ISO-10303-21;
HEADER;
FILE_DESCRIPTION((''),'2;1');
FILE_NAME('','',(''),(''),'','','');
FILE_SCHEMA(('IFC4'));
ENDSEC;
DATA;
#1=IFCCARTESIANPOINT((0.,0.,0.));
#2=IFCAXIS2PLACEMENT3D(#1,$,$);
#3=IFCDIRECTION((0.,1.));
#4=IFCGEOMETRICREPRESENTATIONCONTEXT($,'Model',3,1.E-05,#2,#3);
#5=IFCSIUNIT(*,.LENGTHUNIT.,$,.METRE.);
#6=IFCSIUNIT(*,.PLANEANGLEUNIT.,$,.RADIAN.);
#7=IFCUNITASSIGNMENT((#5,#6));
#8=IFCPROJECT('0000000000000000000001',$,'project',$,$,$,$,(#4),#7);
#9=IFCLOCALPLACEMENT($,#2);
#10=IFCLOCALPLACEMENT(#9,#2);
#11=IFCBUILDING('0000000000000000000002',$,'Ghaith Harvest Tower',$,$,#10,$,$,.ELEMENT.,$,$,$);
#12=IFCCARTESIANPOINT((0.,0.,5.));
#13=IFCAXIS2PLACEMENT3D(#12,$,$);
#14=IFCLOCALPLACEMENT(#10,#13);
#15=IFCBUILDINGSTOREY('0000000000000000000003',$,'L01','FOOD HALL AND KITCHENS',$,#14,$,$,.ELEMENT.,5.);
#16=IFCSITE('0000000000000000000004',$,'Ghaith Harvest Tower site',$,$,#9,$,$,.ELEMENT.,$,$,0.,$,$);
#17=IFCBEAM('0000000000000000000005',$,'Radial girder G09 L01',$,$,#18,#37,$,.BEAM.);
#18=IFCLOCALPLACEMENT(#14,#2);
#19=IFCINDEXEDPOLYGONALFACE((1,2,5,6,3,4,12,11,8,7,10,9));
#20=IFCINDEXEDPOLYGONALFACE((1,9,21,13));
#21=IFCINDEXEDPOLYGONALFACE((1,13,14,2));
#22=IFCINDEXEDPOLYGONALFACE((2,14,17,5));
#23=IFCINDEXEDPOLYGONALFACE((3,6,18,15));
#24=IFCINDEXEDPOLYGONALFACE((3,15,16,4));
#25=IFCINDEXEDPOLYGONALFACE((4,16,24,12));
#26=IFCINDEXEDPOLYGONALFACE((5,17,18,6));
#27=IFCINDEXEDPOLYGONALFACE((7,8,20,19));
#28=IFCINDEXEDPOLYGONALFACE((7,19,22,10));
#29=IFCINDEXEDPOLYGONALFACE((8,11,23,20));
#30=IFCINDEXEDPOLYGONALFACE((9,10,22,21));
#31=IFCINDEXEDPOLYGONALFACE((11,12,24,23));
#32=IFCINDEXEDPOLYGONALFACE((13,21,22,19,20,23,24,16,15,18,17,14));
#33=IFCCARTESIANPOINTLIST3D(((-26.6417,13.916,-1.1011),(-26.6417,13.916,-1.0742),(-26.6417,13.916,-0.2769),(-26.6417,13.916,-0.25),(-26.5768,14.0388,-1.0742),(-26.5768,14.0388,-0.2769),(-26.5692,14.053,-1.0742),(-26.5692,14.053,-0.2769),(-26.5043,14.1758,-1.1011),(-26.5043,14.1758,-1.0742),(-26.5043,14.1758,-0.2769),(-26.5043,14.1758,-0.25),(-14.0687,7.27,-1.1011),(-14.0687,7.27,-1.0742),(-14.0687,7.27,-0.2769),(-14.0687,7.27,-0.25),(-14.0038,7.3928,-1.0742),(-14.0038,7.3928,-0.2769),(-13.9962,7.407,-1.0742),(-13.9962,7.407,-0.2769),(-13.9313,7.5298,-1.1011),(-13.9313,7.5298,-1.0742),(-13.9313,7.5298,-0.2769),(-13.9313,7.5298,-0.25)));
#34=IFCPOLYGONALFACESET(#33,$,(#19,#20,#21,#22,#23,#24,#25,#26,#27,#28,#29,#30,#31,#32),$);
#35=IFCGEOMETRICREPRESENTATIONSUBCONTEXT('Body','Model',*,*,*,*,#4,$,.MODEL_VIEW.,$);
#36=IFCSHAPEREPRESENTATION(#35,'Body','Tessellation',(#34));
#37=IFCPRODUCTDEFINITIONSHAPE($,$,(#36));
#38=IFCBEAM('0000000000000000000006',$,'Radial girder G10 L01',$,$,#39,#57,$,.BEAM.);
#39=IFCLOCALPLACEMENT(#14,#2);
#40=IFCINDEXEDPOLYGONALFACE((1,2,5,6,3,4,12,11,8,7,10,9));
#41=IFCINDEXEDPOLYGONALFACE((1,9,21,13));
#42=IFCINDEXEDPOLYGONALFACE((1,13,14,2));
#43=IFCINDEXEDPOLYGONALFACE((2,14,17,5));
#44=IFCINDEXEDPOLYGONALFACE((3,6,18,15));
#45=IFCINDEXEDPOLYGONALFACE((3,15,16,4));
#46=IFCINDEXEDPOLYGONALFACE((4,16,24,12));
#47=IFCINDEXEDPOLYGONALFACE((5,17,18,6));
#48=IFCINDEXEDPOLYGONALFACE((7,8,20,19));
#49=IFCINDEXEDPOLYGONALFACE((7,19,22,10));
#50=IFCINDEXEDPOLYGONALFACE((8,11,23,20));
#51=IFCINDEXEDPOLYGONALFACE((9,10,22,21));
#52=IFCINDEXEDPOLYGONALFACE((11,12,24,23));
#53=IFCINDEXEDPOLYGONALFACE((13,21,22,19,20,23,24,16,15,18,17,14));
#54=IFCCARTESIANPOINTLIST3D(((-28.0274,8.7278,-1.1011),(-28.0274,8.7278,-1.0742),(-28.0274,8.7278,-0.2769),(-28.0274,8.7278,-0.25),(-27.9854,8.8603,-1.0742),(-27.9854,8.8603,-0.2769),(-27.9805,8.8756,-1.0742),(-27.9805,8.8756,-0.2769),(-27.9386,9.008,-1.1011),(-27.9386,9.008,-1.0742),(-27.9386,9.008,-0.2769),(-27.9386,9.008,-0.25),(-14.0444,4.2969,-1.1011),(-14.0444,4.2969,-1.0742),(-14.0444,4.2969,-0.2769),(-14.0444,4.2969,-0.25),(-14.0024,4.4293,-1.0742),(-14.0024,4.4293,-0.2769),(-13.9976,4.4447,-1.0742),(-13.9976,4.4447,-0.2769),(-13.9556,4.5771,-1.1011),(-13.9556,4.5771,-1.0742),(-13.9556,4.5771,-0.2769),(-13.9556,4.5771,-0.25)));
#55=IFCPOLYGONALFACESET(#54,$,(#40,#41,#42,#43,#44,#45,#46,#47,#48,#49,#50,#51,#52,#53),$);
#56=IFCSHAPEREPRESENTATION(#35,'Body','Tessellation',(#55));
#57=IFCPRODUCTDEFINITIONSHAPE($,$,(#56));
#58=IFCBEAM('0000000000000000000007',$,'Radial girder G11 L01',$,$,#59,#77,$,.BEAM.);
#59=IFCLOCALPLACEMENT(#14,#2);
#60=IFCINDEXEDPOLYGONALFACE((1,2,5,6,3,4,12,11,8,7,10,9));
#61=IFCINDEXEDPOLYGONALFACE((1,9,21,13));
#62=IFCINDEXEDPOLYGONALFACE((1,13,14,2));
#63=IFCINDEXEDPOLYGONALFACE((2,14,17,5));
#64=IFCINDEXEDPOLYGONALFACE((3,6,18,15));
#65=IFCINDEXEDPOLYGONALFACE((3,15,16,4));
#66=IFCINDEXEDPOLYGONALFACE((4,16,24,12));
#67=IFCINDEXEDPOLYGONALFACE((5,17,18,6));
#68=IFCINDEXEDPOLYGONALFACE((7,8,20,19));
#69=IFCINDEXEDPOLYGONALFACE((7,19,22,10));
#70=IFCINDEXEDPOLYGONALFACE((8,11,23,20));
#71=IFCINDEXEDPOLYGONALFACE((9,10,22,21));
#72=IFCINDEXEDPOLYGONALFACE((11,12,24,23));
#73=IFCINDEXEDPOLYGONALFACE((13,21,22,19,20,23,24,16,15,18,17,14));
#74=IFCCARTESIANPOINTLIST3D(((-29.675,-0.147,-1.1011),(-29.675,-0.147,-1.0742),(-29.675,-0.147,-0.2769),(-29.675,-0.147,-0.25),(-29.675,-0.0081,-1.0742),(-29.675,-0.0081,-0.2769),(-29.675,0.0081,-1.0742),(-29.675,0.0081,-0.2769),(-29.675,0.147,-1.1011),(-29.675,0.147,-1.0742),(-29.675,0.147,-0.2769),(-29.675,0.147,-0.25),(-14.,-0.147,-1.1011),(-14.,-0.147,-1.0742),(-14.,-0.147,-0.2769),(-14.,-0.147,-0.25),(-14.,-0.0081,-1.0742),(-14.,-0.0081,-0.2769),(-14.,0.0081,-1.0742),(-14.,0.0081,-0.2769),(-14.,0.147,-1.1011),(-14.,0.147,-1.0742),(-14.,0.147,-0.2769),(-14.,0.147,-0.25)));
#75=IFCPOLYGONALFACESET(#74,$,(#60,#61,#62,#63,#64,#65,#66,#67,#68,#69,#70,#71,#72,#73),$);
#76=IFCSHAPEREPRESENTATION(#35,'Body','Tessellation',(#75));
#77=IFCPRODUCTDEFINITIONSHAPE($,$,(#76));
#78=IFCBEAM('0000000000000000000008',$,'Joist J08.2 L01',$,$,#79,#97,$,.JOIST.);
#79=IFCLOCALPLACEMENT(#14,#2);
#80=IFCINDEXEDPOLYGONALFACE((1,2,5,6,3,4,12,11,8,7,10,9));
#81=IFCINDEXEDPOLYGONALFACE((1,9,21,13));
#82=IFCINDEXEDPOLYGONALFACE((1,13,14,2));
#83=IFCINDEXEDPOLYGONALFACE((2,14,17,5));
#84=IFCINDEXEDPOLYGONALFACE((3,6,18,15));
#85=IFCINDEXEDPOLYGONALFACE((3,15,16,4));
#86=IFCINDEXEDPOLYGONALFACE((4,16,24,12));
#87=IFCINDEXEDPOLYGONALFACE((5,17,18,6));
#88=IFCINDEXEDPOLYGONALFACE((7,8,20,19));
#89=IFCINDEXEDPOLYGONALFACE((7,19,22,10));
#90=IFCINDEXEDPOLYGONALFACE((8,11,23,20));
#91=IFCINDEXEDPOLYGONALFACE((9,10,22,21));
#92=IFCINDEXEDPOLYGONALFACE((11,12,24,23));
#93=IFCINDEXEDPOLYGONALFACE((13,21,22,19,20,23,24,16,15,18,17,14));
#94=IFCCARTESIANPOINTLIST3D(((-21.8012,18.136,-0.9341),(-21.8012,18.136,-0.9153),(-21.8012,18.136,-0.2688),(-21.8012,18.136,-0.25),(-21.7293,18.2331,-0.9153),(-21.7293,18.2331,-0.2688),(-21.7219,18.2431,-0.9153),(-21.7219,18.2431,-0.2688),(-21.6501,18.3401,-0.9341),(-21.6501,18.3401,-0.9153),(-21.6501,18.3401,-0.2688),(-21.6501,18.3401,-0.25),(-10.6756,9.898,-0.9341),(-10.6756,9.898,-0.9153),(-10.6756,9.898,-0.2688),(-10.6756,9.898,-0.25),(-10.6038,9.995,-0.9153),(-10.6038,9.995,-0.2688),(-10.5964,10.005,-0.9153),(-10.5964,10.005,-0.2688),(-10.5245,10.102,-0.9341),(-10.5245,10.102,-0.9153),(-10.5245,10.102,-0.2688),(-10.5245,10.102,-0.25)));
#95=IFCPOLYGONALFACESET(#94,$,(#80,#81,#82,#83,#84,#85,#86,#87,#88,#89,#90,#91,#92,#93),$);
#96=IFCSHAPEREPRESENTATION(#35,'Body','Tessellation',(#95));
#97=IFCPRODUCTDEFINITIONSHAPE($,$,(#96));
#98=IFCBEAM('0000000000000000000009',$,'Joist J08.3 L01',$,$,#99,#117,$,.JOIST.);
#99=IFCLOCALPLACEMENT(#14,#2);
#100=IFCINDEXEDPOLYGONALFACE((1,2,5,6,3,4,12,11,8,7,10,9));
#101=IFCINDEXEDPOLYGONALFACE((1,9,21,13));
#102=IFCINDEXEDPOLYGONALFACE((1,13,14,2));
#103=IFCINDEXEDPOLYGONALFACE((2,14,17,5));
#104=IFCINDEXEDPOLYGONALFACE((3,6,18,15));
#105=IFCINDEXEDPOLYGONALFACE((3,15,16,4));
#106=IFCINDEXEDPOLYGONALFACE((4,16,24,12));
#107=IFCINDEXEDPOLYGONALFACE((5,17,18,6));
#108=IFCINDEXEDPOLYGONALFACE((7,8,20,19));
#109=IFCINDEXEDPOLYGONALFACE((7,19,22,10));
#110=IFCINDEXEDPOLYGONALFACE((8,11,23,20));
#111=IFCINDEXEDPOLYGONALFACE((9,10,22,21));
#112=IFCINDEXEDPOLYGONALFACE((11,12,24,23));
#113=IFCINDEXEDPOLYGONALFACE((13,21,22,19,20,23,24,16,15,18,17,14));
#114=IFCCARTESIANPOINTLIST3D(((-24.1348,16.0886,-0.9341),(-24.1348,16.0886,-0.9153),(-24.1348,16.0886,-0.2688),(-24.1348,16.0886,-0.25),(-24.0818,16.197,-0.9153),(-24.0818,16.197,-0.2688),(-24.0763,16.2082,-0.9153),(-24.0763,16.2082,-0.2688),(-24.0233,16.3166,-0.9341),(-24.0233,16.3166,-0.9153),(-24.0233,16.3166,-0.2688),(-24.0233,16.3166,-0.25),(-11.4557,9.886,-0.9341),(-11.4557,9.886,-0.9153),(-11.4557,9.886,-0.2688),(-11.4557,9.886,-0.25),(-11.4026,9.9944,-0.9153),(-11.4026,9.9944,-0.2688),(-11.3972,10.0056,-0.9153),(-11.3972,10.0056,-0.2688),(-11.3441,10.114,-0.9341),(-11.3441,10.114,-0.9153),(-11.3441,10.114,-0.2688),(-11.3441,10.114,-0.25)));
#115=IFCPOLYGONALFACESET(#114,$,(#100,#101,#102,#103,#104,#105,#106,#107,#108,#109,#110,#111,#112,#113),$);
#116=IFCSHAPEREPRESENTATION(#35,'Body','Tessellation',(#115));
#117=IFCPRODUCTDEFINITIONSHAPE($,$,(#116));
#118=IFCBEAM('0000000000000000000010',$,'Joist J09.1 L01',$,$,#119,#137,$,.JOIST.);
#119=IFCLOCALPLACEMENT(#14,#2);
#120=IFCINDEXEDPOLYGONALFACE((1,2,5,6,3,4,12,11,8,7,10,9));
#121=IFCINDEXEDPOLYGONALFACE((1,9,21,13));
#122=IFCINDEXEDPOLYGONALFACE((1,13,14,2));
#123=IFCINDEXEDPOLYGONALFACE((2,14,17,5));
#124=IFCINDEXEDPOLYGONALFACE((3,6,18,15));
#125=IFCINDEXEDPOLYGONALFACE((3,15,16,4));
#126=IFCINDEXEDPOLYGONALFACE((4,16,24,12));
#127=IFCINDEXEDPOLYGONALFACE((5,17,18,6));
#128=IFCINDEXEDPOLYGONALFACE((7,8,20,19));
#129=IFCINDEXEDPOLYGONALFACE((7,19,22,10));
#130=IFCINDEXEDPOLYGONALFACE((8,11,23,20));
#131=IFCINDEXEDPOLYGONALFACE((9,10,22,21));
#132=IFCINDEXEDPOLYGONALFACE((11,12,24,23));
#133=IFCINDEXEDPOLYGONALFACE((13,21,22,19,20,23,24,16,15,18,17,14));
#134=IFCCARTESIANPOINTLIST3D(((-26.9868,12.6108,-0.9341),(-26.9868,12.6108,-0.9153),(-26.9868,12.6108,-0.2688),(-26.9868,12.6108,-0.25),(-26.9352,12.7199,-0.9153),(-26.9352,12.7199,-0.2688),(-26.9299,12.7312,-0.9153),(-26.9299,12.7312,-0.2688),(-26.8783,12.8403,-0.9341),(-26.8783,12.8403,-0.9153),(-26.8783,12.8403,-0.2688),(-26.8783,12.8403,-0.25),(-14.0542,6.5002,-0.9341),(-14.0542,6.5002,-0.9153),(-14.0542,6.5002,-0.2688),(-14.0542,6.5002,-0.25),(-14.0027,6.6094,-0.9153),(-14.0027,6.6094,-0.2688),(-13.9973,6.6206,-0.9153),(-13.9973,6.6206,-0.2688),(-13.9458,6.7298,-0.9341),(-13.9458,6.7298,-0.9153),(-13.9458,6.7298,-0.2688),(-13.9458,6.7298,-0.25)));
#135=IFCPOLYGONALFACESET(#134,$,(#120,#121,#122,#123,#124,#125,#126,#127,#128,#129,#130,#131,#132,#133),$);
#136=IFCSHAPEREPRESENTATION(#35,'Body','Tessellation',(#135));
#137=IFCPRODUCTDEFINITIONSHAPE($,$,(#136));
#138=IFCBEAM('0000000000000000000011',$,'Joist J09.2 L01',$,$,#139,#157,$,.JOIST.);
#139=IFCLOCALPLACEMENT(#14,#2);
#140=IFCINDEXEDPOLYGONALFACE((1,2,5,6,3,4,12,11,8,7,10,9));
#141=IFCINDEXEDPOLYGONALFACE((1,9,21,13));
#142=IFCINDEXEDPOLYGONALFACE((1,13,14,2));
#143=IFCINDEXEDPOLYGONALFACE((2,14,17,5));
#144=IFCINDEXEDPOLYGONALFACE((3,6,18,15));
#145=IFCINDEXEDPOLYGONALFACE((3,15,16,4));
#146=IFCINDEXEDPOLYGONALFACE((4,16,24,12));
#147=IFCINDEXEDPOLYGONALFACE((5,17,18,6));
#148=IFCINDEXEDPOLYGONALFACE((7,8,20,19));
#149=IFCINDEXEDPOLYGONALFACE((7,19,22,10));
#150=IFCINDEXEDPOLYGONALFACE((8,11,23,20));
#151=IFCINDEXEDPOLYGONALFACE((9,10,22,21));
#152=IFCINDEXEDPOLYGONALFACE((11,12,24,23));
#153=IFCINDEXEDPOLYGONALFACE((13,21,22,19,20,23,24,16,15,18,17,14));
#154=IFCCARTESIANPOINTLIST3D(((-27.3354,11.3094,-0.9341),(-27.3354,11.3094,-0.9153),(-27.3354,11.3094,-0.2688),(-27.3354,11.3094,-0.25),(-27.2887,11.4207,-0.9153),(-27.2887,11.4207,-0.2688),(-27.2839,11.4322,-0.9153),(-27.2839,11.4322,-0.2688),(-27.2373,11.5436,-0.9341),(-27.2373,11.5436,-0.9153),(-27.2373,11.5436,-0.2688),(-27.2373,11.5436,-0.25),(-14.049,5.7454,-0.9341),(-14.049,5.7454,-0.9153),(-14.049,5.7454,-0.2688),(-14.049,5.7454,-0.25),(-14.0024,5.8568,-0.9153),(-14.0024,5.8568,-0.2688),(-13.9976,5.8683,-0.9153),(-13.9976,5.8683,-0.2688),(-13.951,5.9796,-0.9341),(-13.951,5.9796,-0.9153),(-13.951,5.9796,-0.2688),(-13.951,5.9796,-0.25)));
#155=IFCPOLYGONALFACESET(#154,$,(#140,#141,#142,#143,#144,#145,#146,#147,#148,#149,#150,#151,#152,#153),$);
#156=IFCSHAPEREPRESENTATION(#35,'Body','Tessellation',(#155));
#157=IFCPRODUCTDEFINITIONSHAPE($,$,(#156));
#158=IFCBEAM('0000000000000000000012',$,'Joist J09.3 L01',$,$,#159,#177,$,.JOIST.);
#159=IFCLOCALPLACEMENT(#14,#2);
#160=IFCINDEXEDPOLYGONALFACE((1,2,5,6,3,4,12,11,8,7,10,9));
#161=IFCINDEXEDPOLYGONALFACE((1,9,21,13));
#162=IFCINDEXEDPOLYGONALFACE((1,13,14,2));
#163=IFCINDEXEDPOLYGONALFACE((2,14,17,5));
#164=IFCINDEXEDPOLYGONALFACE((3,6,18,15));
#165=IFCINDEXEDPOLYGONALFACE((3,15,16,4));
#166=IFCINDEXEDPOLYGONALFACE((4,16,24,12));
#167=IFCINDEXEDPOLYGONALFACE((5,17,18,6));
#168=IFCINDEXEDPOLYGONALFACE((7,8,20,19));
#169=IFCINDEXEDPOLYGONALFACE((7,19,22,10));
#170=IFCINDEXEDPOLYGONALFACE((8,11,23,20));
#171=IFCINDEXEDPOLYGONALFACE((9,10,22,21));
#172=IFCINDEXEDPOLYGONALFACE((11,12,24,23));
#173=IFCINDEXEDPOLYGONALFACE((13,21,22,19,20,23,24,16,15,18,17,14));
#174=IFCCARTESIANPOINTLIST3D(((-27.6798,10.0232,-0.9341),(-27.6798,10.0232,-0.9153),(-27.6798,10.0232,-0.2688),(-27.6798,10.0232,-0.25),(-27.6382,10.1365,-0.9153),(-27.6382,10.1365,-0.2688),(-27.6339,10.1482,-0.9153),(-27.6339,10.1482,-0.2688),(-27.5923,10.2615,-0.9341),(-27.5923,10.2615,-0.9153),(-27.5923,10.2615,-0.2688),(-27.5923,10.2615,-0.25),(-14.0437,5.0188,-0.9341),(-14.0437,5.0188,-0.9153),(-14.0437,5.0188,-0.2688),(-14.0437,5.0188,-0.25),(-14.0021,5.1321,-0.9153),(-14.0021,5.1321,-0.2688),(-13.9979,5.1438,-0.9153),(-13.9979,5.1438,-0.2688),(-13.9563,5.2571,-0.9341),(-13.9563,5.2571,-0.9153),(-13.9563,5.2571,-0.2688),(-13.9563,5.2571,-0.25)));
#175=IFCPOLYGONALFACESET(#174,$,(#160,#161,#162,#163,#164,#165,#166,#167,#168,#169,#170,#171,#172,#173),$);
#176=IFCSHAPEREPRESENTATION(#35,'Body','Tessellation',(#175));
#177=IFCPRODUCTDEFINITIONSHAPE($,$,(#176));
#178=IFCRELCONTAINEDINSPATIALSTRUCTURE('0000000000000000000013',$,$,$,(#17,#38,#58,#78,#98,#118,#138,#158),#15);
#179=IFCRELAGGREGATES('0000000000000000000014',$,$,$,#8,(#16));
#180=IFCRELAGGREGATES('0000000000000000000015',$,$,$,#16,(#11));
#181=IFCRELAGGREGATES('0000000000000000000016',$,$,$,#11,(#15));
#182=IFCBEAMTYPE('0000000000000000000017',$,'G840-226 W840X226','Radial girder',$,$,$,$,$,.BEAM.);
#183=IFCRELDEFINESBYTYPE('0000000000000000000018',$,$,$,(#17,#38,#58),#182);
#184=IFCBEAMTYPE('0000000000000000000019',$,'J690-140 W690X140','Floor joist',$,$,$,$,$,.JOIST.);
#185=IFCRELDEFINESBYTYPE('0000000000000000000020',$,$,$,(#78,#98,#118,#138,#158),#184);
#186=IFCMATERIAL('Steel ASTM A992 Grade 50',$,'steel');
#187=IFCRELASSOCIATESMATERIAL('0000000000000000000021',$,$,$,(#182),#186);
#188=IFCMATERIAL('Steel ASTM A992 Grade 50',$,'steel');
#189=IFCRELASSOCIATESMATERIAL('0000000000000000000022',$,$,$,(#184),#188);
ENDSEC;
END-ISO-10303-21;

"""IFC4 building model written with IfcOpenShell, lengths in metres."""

from ifc_helpers import new_model, si_unit, direction, frame, origin, origin_2d, place, context, subcontext, project, spatial, i_section, extrude, material, material_profile, profile_set, type_object, element, save


model = new_model("IFC4")

# Units and contexts
model_context = context("Model", 3, precision=1e-05, world=origin(), true_north=direction((0.0, 1.0)))
body_context = subcontext(model_context, "Body", "Model", "MODEL_VIEW")
ifc_project = project(units=[si_unit("LENGTHUNIT", "METRE"), si_unit("PLANEANGLEUNIT", "RADIAN")], contexts=[model_context])

# Site, building, storey
site_placement = place(None, origin())
site = spatial("IfcSite", under=ifc_project, at=site_placement, Name="Ghaith Harvest Tower site", CompositionType="ELEMENT", RefElevation=0.0)
building_placement = place(site_placement, origin())
building = spatial("IfcBuilding", under=site, at=building_placement, Name="Ghaith Harvest Tower", CompositionType="ELEMENT")
storey_placement = place(building_placement, frame((0.0, 0.0, 5.0)))
storey = spatial("IfcBuildingStorey", under=building, at=storey_placement, Name="L01", Description="FOOD HALL AND KITCHENS", CompositionType="ELEMENT", Elevation=5.0)

# Beams
ifc_material_1 = material(Name="Steel ASTM A992 Grade 50", Category="steel")
ifc_material_profile_1 = material_profile(ifc_material_1, i_section(OverallWidth=0.2939, OverallDepth=0.8511, WebThickness=0.0161, FlangeThickness=0.0269, at=origin_2d()), Name="W840X226")
ifc_profile_set_1 = profile_set([ifc_material_profile_1], Name="Steel ASTM A992 Grade 50")
beam_type_1 = type_object("IfcBeamType", Name="G840-226 W840X226", Description="Radial girder", PredefinedType="BEAM", material=ifc_profile_set_1)
beam_1_placement = place(storey_placement, frame((-14.0, 7.3999, -0.6755), z_axis=(-0.884087, 0.467322, 0.0), x_axis=(-0.467322, -0.884087, 0.0)))
element("IfcBeam", 1, at=beam_1_placement, inside=storey, type_object=beam_type_1, Name="Radial girder G09 L01", PredefinedType="BEAM", context=body_context, shape_type="SweptSolid", body=[
    extrude(i_section(OverallWidth=0.2939, OverallDepth=0.8511, WebThickness=0.0161, FlangeThickness=0.0269, at=origin_2d()), origin(), (0.0, 0.0, 1.0), 14.2214),
])
beam_2_placement = place(storey_placement, frame((-14.0, 4.437, -0.6755), z_axis=(-0.953284, 0.302077, 0.0), x_axis=(-0.302077, -0.953284, 0.0)))
element("IfcBeam", 2, at=beam_2_placement, inside=storey, type_object=beam_type_1, Name="Radial girder G10 L01", PredefinedType="BEAM", context=body_context, shape_type="SweptSolid", body=[
    extrude(i_section(OverallWidth=0.2939, OverallDepth=0.8511, WebThickness=0.0161, FlangeThickness=0.0269, at=origin_2d()), origin(), (0.0, 0.0, 1.0), 14.6682),
])
beam_3_placement = place(storey_placement, frame((-14.0, 0.0, -0.6755), z_axis=(-1.0, 0.0, 0.0), x_axis=(0.0, -1.0, 0.0)))
element("IfcBeam", 3, at=beam_3_placement, inside=storey, type_object=beam_type_1, Name="Radial girder G11 L01", PredefinedType="BEAM", context=body_context, shape_type="SweptSolid", body=[
    extrude(i_section(OverallWidth=0.2939, OverallDepth=0.8511, WebThickness=0.0161, FlangeThickness=0.0269, at=origin_2d()), origin(), (0.0, 0.0, 1.0), 15.675),
])
ifc_material_2 = material(Name="Steel ASTM A992 Grade 50", Category="steel")
ifc_material_profile_2 = material_profile(ifc_material_2, i_section(OverallWidth=0.2539, OverallDepth=0.6841, WebThickness=0.0125, FlangeThickness=0.0188, at=origin_2d()), Name="W690X140")
ifc_profile_set_2 = profile_set([ifc_material_profile_2], Name="Steel ASTM A992 Grade 50")
beam_type_2 = type_object("IfcBeamType", Name="J690-140 W690X140", Description="Floor joist", PredefinedType="JOIST", material=ifc_profile_set_2)
beam_4_placement = place(storey_placement, frame((-10.6001, 10.0, -0.592), z_axis=(-0.803663, 0.595085, 0.0), x_axis=(-0.595085, -0.803663, 0.0)))
element("IfcBeam", 4, at=beam_4_placement, inside=storey, type_object=beam_type_2, Name="Joist J08.2 L01", PredefinedType="JOIST", context=body_context, shape_type="SweptSolid", body=[
    extrude(i_section(OverallWidth=0.2539, OverallDepth=0.6841, WebThickness=0.0125, FlangeThickness=0.0188, at=origin_2d()), origin(), (0.0, 0.0, 1.0), 13.8435),
])
beam_5_placement = place(storey_placement, frame((-11.3999, 10.0, -0.592), z_axis=(-0.898275, 0.439434, 0.0), x_axis=(-0.439434, -0.898275, 0.0)))
element("IfcBeam", 5, at=beam_5_placement, inside=storey, type_object=beam_type_2, Name="Joist J08.3 L01", PredefinedType="JOIST", context=body_context, shape_type="SweptSolid", body=[
    extrude(i_section(OverallWidth=0.2539, OverallDepth=0.6841, WebThickness=0.0125, FlangeThickness=0.0188, at=origin_2d()), origin(), (0.0, 0.0, 1.0), 14.115),
])
beam_6_placement = place(storey_placement, frame((-14.0, 6.615, -0.592), z_axis=(-0.904153, 0.427208, 0.0), x_axis=(-0.427208, -0.904153, 0.0)))
element("IfcBeam", 6, at=beam_6_placement, inside=storey, type_object=beam_type_2, Name="Joist J09.1 L01", PredefinedType="JOIST", context=body_context, shape_type="SweptSolid", body=[
    extrude(i_section(OverallWidth=0.2539, OverallDepth=0.6841, WebThickness=0.0125, FlangeThickness=0.0188, at=origin_2d()), origin(), (0.0, 0.0, 1.0), 14.3035),
])
beam_7_placement = place(storey_placement, frame((-14.0, 5.8625, -0.592), z_axis=(-0.922386, 0.38627, 0.0), x_axis=(-0.38627, -0.922386, 0.0)))
element("IfcBeam", 7, at=beam_7_placement, inside=storey, type_object=beam_type_2, Name="Joist J09.2 L01", PredefinedType="JOIST", context=body_context, shape_type="SweptSolid", body=[
    extrude(i_section(OverallWidth=0.2539, OverallDepth=0.6841, WebThickness=0.0125, FlangeThickness=0.0188, at=origin_2d()), origin(), (0.0, 0.0, 1.0), 14.4043),
])
beam_8_placement = place(storey_placement, frame((-14.0, 5.1379, -0.592), z_axis=(-0.938775, 0.34453, 0.0), x_axis=(-0.34453, -0.938775, 0.0)))
element("IfcBeam", 8, at=beam_8_placement, inside=storey, type_object=beam_type_2, Name="Joist J09.3 L01", PredefinedType="JOIST", context=body_context, shape_type="SweptSolid", body=[
    extrude(i_section(OverallWidth=0.2539, OverallDepth=0.6841, WebThickness=0.0125, FlangeThickness=0.0188, at=origin_2d()), origin(), (0.0, 0.0, 1.0), 14.5254),
])

save(model, "model.ifc")
